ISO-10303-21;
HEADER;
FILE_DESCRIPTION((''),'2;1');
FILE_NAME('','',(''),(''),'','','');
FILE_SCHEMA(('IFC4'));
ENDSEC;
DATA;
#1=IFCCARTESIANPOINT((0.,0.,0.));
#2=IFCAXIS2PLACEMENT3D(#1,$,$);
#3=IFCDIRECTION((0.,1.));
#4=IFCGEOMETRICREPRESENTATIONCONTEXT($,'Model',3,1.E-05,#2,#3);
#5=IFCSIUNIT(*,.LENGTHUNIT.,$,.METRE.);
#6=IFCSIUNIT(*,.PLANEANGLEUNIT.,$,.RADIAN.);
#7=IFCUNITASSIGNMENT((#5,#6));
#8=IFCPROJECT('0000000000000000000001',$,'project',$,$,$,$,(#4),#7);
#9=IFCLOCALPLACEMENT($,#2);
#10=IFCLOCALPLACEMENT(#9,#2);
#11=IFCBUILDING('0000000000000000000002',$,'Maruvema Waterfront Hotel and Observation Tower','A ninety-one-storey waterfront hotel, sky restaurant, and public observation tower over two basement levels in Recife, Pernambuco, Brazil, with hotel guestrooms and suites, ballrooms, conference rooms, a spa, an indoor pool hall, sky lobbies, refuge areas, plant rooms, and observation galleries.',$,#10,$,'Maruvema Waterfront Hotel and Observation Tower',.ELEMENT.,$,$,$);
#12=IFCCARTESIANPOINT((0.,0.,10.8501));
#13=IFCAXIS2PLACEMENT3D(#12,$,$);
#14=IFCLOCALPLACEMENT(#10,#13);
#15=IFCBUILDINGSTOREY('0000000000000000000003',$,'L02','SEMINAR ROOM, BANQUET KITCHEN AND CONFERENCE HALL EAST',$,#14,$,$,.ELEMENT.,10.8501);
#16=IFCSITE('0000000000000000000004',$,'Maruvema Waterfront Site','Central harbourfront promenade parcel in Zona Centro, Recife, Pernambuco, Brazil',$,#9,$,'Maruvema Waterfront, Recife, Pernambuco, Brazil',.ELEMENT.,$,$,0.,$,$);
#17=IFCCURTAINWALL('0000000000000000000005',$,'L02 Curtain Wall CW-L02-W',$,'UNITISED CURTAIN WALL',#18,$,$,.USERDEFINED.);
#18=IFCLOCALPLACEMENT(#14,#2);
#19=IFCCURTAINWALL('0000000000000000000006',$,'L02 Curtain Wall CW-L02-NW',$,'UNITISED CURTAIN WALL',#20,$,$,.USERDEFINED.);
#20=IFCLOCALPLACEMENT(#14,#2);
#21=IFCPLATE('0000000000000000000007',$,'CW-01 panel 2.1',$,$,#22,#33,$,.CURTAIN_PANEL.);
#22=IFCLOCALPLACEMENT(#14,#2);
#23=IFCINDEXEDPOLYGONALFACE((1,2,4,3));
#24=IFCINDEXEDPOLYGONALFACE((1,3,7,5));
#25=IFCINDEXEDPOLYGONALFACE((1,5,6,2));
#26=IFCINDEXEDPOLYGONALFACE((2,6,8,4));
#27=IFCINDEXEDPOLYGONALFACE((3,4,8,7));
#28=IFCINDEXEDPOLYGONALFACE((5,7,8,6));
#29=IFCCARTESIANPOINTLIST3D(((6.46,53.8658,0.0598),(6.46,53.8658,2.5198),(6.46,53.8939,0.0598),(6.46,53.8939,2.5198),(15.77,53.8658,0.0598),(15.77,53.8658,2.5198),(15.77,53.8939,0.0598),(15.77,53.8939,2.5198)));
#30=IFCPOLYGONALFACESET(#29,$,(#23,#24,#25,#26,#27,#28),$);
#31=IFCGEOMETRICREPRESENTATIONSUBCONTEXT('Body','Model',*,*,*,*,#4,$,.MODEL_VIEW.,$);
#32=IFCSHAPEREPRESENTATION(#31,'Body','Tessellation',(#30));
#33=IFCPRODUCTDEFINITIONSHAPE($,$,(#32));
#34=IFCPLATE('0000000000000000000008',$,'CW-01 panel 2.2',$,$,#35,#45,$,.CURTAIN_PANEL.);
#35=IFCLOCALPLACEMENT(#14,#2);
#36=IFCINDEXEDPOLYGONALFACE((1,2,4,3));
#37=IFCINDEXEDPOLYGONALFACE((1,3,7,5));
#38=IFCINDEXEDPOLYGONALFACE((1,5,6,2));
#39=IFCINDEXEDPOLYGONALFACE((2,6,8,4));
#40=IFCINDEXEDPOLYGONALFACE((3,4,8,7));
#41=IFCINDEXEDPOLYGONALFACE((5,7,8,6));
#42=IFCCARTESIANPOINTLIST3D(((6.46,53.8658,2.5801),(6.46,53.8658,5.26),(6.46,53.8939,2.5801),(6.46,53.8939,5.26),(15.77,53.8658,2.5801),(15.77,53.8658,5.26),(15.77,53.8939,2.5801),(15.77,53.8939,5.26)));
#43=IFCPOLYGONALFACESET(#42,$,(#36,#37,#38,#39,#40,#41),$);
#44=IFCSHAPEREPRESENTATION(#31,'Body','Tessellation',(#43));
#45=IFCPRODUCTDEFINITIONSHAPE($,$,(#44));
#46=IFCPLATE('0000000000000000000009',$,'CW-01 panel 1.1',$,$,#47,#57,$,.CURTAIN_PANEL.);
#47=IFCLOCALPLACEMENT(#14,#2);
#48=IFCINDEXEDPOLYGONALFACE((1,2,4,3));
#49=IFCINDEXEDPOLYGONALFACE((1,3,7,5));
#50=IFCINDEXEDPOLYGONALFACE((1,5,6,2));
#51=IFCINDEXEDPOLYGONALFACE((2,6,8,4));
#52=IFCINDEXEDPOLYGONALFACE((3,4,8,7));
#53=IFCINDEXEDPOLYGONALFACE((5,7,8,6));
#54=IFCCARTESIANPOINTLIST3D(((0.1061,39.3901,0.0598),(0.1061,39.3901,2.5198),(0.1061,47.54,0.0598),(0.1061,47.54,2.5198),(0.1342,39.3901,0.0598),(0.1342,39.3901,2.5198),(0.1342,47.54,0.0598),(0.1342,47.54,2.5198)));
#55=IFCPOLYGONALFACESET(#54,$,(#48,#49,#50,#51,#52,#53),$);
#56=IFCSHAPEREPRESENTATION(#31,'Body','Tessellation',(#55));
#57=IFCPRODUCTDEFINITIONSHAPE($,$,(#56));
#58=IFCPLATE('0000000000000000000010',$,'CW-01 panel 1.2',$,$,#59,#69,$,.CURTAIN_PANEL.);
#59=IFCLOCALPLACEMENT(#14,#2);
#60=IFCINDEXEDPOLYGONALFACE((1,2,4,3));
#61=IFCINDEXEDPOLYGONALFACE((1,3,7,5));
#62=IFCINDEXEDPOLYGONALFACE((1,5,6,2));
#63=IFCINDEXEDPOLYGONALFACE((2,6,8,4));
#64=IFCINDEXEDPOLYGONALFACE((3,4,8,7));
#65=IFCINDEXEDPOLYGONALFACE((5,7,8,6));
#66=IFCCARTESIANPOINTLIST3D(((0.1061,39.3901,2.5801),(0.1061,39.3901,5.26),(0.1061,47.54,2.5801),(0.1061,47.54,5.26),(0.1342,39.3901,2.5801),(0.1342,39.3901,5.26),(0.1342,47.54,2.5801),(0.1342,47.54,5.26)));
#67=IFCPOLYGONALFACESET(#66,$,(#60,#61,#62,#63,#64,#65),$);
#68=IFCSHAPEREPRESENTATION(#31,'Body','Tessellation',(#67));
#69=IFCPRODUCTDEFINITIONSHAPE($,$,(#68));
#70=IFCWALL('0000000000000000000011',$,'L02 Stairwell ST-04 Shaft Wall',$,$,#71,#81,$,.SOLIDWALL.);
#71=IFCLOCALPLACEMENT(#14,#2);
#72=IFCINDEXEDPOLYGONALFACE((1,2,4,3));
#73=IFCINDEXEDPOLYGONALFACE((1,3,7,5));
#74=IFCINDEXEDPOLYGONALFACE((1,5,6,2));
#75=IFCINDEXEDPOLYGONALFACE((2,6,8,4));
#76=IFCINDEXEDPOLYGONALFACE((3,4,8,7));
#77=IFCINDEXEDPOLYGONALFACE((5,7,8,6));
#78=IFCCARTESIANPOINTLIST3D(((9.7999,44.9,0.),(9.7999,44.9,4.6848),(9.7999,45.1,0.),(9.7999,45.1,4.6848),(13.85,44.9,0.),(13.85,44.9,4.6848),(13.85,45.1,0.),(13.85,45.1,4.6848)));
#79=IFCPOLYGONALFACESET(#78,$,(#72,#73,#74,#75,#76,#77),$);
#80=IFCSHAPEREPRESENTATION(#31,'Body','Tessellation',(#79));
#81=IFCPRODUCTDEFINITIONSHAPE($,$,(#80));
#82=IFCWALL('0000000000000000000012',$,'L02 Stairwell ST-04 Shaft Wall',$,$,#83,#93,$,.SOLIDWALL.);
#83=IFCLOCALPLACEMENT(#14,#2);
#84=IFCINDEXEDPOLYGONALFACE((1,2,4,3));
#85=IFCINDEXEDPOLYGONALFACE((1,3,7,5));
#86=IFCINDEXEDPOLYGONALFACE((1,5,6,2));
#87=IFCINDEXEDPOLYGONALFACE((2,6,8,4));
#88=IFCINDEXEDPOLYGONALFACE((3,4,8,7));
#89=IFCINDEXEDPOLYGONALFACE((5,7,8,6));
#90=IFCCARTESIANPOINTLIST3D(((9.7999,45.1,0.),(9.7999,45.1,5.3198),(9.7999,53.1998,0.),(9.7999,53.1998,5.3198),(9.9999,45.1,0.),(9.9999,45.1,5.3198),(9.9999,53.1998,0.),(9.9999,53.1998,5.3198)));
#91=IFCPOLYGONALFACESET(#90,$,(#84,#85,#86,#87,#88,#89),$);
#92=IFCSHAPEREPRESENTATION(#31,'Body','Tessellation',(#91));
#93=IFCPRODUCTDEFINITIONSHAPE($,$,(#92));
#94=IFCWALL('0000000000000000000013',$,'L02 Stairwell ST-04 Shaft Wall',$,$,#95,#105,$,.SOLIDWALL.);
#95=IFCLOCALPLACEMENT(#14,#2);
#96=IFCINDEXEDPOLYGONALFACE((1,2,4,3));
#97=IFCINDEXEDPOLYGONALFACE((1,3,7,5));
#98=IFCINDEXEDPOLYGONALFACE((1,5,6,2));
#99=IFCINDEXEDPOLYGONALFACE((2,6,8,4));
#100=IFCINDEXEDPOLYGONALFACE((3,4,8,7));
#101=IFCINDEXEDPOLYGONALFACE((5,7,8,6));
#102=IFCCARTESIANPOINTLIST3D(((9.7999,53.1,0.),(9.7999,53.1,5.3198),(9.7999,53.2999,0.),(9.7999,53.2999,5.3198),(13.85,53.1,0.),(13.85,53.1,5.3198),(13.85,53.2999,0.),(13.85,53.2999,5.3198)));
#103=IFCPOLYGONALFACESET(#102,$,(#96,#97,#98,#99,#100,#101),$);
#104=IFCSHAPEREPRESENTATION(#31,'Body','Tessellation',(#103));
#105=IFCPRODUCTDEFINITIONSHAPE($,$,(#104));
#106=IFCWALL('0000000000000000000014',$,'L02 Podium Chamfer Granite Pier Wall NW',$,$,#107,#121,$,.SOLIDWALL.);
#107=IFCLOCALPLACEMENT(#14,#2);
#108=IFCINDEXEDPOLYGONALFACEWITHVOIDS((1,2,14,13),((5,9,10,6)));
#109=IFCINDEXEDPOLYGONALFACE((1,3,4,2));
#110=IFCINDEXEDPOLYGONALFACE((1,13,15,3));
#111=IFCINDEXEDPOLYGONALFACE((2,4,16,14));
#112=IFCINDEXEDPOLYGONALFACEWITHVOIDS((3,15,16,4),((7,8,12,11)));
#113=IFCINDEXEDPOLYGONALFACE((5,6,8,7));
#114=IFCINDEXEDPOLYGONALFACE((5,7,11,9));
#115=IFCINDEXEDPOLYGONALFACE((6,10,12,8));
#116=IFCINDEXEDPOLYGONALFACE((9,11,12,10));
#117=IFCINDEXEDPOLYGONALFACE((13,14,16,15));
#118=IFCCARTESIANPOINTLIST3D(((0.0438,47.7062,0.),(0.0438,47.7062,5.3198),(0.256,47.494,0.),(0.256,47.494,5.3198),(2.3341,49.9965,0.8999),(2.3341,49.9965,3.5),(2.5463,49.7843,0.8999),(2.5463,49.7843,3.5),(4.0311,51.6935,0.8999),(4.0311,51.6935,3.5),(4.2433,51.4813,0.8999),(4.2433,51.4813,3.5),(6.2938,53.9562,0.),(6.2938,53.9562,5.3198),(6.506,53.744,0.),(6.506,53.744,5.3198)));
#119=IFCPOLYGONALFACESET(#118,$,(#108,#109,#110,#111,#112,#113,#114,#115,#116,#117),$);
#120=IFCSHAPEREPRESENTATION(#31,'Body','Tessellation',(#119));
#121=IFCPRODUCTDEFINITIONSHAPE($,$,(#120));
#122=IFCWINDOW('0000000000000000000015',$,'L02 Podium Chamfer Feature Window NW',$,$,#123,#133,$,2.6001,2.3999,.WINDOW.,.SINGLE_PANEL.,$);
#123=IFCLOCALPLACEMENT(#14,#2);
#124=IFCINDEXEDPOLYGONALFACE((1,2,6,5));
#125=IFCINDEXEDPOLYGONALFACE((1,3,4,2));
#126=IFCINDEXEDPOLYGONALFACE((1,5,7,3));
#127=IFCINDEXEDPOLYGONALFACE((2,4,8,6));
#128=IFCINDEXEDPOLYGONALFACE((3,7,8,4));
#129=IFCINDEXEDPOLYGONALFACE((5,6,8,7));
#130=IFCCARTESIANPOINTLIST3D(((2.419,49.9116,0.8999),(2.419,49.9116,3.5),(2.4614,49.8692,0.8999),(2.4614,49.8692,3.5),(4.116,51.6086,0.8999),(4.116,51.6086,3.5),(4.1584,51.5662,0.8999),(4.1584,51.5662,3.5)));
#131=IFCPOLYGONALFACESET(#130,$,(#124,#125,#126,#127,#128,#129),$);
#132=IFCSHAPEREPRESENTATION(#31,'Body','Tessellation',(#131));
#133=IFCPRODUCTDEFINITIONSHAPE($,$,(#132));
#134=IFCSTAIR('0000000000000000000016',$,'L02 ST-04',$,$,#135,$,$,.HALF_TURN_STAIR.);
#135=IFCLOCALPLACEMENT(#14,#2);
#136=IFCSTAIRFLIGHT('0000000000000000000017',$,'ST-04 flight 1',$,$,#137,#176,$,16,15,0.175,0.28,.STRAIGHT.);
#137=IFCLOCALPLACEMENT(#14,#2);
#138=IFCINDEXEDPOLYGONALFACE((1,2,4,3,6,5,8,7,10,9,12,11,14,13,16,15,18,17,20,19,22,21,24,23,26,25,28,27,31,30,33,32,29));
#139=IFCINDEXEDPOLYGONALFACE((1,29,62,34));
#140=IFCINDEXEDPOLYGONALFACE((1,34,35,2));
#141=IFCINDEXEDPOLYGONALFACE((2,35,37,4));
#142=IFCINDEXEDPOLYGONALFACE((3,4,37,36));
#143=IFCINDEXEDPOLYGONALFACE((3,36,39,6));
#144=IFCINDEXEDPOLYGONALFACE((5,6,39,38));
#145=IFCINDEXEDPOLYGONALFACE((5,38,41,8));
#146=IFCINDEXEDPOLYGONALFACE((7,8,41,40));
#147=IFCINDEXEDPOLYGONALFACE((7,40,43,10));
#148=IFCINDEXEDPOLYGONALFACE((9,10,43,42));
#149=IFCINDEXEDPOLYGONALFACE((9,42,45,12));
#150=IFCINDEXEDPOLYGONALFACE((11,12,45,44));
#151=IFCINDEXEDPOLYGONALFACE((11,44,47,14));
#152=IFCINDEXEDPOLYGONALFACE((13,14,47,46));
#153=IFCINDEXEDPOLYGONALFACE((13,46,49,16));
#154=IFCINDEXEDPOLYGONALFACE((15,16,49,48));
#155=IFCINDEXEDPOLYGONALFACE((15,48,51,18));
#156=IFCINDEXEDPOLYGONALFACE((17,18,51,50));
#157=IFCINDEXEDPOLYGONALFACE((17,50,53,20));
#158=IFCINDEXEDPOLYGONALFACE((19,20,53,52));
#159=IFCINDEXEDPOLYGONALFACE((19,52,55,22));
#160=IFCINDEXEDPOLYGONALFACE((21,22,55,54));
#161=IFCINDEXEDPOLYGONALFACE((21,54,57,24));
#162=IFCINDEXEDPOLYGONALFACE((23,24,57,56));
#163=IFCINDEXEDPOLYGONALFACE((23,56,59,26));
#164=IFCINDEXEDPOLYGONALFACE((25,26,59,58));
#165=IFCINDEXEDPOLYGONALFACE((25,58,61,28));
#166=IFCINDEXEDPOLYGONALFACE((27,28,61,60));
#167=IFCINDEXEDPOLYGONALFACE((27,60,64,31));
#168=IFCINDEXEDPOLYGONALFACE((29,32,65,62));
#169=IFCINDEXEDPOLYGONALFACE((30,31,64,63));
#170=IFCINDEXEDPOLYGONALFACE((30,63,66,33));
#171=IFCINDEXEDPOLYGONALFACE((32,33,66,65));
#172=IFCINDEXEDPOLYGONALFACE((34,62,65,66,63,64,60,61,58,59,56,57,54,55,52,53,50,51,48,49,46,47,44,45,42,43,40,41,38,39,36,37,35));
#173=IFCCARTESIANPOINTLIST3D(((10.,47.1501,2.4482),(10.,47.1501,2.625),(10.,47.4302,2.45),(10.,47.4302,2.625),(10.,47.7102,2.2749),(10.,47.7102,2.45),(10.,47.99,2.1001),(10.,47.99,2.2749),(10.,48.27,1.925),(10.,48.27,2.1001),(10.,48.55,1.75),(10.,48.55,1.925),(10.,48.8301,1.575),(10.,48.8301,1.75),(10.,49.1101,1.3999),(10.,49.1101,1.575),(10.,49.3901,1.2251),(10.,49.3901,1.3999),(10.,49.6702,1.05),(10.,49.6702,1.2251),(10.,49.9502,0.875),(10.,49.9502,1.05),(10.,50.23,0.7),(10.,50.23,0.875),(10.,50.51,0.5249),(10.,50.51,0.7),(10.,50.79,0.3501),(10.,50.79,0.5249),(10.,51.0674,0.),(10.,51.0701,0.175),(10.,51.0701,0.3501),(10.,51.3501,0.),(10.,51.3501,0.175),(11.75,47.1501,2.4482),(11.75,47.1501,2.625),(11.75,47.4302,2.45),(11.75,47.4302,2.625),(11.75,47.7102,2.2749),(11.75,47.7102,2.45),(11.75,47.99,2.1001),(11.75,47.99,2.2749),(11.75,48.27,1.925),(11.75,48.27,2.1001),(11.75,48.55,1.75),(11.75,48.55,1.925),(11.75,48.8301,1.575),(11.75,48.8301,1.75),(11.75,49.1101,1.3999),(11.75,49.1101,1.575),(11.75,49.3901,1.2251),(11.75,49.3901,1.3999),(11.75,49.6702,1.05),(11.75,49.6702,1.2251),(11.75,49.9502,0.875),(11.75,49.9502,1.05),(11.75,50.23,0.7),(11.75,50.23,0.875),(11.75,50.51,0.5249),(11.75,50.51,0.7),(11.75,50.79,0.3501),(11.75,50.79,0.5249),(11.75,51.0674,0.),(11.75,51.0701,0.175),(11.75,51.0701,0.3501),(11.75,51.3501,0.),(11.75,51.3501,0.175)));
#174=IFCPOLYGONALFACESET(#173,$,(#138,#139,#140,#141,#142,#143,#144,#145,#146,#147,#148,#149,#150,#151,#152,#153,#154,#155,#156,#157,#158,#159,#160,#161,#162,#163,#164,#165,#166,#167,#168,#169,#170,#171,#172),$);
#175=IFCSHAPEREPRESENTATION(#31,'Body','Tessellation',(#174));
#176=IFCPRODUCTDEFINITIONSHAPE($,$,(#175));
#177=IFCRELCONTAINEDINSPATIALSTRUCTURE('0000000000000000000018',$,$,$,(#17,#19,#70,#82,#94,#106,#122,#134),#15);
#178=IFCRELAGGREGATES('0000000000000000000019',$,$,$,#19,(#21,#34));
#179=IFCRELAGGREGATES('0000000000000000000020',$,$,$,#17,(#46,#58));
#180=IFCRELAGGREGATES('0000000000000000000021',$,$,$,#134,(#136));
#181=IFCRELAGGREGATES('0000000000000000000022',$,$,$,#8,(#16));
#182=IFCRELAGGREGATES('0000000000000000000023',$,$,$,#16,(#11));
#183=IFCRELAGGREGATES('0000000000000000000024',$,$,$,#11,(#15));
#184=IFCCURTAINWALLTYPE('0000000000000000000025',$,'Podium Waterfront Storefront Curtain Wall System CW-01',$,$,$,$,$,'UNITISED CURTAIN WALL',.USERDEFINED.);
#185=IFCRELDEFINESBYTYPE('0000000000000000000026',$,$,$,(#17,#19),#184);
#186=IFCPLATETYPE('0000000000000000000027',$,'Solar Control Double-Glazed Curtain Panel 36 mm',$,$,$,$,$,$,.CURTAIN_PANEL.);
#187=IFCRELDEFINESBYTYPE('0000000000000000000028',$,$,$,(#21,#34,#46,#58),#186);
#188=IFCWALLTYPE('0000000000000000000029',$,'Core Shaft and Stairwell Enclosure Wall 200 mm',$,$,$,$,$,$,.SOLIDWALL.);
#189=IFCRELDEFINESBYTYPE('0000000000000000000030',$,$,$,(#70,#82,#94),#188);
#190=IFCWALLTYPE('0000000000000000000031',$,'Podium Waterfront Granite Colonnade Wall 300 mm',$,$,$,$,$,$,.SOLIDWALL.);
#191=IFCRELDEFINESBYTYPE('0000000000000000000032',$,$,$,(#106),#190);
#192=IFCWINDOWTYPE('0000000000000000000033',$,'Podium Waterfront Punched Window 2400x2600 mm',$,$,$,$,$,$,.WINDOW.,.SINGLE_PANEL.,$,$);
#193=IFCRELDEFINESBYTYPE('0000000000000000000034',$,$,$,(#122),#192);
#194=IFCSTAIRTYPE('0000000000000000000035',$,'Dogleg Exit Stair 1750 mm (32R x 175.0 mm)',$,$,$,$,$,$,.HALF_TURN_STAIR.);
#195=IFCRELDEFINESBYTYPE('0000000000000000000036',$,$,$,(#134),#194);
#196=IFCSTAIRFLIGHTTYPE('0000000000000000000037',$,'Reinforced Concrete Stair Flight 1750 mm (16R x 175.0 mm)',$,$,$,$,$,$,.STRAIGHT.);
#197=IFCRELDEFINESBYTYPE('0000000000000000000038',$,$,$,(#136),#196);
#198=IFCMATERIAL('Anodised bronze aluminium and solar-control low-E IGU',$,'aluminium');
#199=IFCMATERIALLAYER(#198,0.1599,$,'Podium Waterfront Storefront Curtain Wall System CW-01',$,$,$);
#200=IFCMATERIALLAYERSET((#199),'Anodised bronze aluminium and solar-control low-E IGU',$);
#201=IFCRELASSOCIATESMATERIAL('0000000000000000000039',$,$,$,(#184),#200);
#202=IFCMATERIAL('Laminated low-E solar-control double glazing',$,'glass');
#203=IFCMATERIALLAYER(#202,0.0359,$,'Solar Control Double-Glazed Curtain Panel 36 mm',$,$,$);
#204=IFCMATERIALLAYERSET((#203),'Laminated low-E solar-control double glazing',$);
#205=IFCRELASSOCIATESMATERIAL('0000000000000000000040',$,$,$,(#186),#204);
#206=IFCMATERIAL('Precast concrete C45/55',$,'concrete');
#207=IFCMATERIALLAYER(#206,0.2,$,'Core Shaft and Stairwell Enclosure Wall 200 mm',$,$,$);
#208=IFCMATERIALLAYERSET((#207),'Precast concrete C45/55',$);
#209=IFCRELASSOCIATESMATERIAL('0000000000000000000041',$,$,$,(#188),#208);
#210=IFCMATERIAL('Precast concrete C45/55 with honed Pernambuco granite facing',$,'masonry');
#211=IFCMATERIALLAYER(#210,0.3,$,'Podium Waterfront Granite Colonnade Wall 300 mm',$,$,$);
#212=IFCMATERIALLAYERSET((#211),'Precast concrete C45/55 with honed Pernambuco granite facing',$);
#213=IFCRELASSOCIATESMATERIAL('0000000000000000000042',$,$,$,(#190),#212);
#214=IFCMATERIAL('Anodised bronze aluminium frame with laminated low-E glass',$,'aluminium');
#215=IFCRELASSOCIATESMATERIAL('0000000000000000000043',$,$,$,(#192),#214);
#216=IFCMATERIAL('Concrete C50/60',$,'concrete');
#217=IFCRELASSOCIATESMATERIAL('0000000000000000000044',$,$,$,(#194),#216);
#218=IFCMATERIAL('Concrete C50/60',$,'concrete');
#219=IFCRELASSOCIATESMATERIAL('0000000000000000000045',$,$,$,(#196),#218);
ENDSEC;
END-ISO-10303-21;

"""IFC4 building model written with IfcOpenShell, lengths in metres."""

from ifc_helpers import new_model, si_unit, direction, frame, frame_2d, origin, origin_2d, place, context, subcontext, project, spatial, polyline, rectangle, outline, extrude, material, layer, layer_set, type_object, element, fill, aggregate, save


model = new_model("IFC4")

# Units and contexts
model_context = context("Model", 3, precision=1e-05, world=origin(), true_north=direction((0.0, 1.0)))
body_context = subcontext(model_context, "Body", "Model", "MODEL_VIEW")
ifc_project = project(units=[si_unit("LENGTHUNIT", "METRE"), si_unit("PLANEANGLEUNIT", "RADIAN")], contexts=[model_context])

# Site, building, storey
site_placement = place(None, origin())
site = spatial("IfcSite", under=ifc_project, at=site_placement, Name="Maruvema Waterfront Site", Description="Central harbourfront promenade parcel in Zona Centro, Recife, Pernambuco, Brazil", LongName="Maruvema Waterfront, Recife, Pernambuco, Brazil", CompositionType="ELEMENT", RefElevation=0.0)
building_placement = place(site_placement, origin())
building = spatial("IfcBuilding", under=site, at=building_placement, Name="Maruvema Waterfront Hotel and Observation Tower", Description="A ninety-one-storey waterfront hotel, sky restaurant, and public observation tower over two basement levels in Recife, Pernambuco, Brazil, with hotel guestrooms and suites, ballrooms, conference rooms, a spa, an indoor pool hall, sky lobbies, refuge areas, plant rooms, and observation galleries.", LongName="Maruvema Waterfront Hotel and Observation Tower", CompositionType="ELEMENT")
storey_placement = place(building_placement, frame((0.0, 0.0, 10.8501)))
storey = spatial("IfcBuildingStorey", under=building, at=storey_placement, Name="L02", Description="SEMINAR ROOM, BANQUET KITCHEN AND CONFERENCE HALL EAST", CompositionType="ELEMENT", Elevation=10.8501)

# Curtain wall
ifc_material_1 = material(Name="Anodised bronze aluminium and solar-control low-E IGU", Category="aluminium")
ifc_layer_1 = layer(ifc_material_1, 0.1599, Name="Podium Waterfront Storefront Curtain Wall System CW-01")
ifc_layer_set_1 = layer_set([ifc_layer_1], Name="Anodised bronze aluminium and solar-control low-E IGU")
curtain_wall_type = type_object("IfcCurtainWallType", Name="Podium Waterfront Storefront Curtain Wall System CW-01", ElementType="UNITISED CURTAIN WALL", PredefinedType="USERDEFINED", material=ifc_layer_set_1)
curtain_wall_1_placement = place(storey_placement, origin())
curtain_wall_1 = element("IfcCurtainWall", 1, at=curtain_wall_1_placement, inside=storey, type_object=curtain_wall_type, Name="L02 Curtain Wall CW-L02-W", ObjectType="UNITISED CURTAIN WALL", PredefinedType="USERDEFINED")

# Curtain wall
curtain_wall_2_placement = place(storey_placement, origin())
curtain_wall_2 = element("IfcCurtainWall", 2, at=curtain_wall_2_placement, inside=storey, type_object=curtain_wall_type, Name="L02 Curtain Wall CW-L02-NW", ObjectType="UNITISED CURTAIN WALL", PredefinedType="USERDEFINED")

# Plates
ifc_material_2 = material(Name="Laminated low-E solar-control double glazing", Category="glass")
ifc_layer_2 = layer(ifc_material_2, 0.0359, Name="Solar Control Double-Glazed Curtain Panel 36 mm")
ifc_layer_set_2 = layer_set([ifc_layer_2], Name="Laminated low-E solar-control double glazing")
plate_type = type_object("IfcPlateType", Name="Solar Control Double-Glazed Curtain Panel 36 mm", PredefinedType="CURTAIN_PANEL", material=ifc_layer_set_2)
plate_1_placement = place(storey_placement, frame((11.115, 53.8799, 0.0598), z_axis=(0.0, 0.0, 1.0), x_axis=(-1.0, 0.0, 0.0)))
plate_1 = element("IfcPlate", 3, at=plate_1_placement, type_object=plate_type, Name="CW-01 panel 2.1", PredefinedType="CURTAIN_PANEL", context=body_context, shape_type="SweptSolid", body=[
    extrude(rectangle(XDim=9.3101, YDim=0.0281, at=origin_2d()), origin(), (0.0, 0.0, 1.0), 2.46),
])
plate_2_placement = place(storey_placement, frame((11.115, 53.8799, 2.5801), z_axis=(0.0, 0.0, 1.0), x_axis=(-1.0, 0.0, 0.0)))
plate_2 = element("IfcPlate", 4, at=plate_2_placement, type_object=plate_type, Name="CW-01 panel 2.2", PredefinedType="CURTAIN_PANEL", context=body_context, shape_type="SweptSolid", body=[
    extrude(rectangle(XDim=9.3101, YDim=0.0281, at=origin_2d()), origin(), (0.0, 0.0, 1.0), 2.6799),
])
aggregate(curtain_wall_2, [plate_1, plate_2])
plate_3_placement = place(storey_placement, frame((0.1201, 43.4651, 0.0598), z_axis=(0.0, 0.0, 1.0), x_axis=(0.0, -1.0, 0.0)))
plate_3 = element("IfcPlate", 5, at=plate_3_placement, type_object=plate_type, Name="CW-01 panel 1.1", PredefinedType="CURTAIN_PANEL", context=body_context, shape_type="SweptSolid", body=[
    extrude(rectangle(XDim=8.1499, YDim=0.0281, at=origin_2d()), origin(), (0.0, 0.0, 1.0), 2.46),
])
plate_4_placement = place(storey_placement, frame((0.1201, 43.4651, 2.5801), z_axis=(0.0, 0.0, 1.0), x_axis=(0.0, -1.0, 0.0)))
plate_4 = element("IfcPlate", 6, at=plate_4_placement, type_object=plate_type, Name="CW-01 panel 1.2", PredefinedType="CURTAIN_PANEL", context=body_context, shape_type="SweptSolid", body=[
    extrude(rectangle(XDim=8.1499, YDim=0.0281, at=origin_2d()), origin(), (0.0, 0.0, 1.0), 2.6799),
])
aggregate(curtain_wall_1, [plate_3, plate_4])

# Walls
ifc_material_3 = material(Name="Precast concrete C45/55", Category="concrete")
ifc_layer_3 = layer(ifc_material_3, 0.2, Name="Core Shaft and Stairwell Enclosure Wall 200 mm")
ifc_layer_set_3 = layer_set([ifc_layer_3], Name="Precast concrete C45/55")
wall_type_1 = type_object("IfcWallType", Name="Core Shaft and Stairwell Enclosure Wall 200 mm", PredefinedType="SOLIDWALL", material=ifc_layer_set_3)
wall_1_placement = place(storey_placement, frame((9.8, 45.0, 0.0), z_axis=(0.0, 0.0, 1.0), x_axis=(1.0, 0.0, 0.0)))
element("IfcWall", 7, at=wall_1_placement, inside=storey, type_object=wall_type_1, Name="L02 Stairwell ST-04 Shaft Wall", PredefinedType="SOLIDWALL", context=body_context, shape_type="SweptSolid", body=[
    extrude(rectangle(XDim=4.05, YDim=0.2, at=frame_2d((2.0249, 0.0))), origin(), (0.0, 0.0, 1.0), 4.6848),
])
wall_2_placement = place(storey_placement, frame((9.8999, 45.1001, 0.0), z_axis=(0.0, 0.0, 1.0), x_axis=(0.0, 1.0, 0.0)))
element("IfcWall", 8, at=wall_2_placement, inside=storey, type_object=wall_type_1, Name="L02 Stairwell ST-04 Shaft Wall", PredefinedType="SOLIDWALL", context=body_context, shape_type="SweptSolid", body=[
    extrude(rectangle(XDim=8.0999, YDim=0.2, at=frame_2d((4.0498, 0.0))), origin(), (0.0, 0.0, 1.0), 5.3198),
])
wall_3_placement = place(storey_placement, frame((9.8, 53.2, 0.0), z_axis=(0.0, 0.0, 1.0), x_axis=(1.0, 0.0, 0.0)))
element("IfcWall", 9, at=wall_3_placement, inside=storey, type_object=wall_type_1, Name="L02 Stairwell ST-04 Shaft Wall", PredefinedType="SOLIDWALL", context=body_context, shape_type="SweptSolid", body=[
    extrude(rectangle(XDim=4.05, YDim=0.2, at=frame_2d((2.0249, 0.0))), origin(), (0.0, 0.0, 1.0), 5.3198),
])

# Wall, opening, window
ifc_material_4 = material(Name="Precast concrete C45/55 with honed Pernambuco granite facing", Category="masonry")
ifc_layer_4 = layer(ifc_material_4, 0.3, Name="Podium Waterfront Granite Colonnade Wall 300 mm")
ifc_layer_set_4 = layer_set([ifc_layer_4], Name="Precast concrete C45/55 with honed Pernambuco granite facing")
wall_type_2 = type_object("IfcWallType", Name="Podium Waterfront Granite Colonnade Wall 300 mm", PredefinedType="SOLIDWALL", material=ifc_layer_set_4)
wall_4_placement = place(storey_placement, frame((6.3999, 53.8501, 0.0), z_axis=(0.0, 0.0, 1.0), x_axis=(-0.707107, -0.707107, 0.0)))
wall_4 = element("IfcWall", 10, at=wall_4_placement, inside=storey, type_object=wall_type_2, Name="L02 Podium Chamfer Granite Pier Wall NW", PredefinedType="SOLIDWALL", context=body_context, shape_type="SweptSolid", body=[
    extrude(rectangle(XDim=8.8389, YDim=0.3, at=frame_2d((4.4194, 0.0))), origin(), (0.0, 0.0, 1.0), 5.3198),
])
opening_placement = place(wall_4_placement, frame((3.2, 0.0, 0.8999)))
opening = element("IfcOpeningElement", 11, at=opening_placement, cuts=wall_4, PredefinedType="OPENING", context=body_context, shape_type="SweptSolid", body=[
    extrude(rectangle(XDim=2.3999, YDim=2.6001, at=frame_2d((1.2, 1.3))), frame((0.0, 0.1602, 0.0), z_axis=(0.0, -1.0, 0.0), x_axis=(1.0, 0.0, 0.0)), (0.0, 0.0, 1.0), 0.3201),
])
ifc_material_5 = material(Name="Anodised bronze aluminium frame with laminated low-E glass", Category="aluminium")
window_type = type_object("IfcWindowType", Name="Podium Waterfront Punched Window 2400x2600 mm", PartitioningType="SINGLE_PANEL", PredefinedType="WINDOW", material=ifc_material_5)
window_placement = place(opening_placement, origin())
window = element("IfcWindow", 12, at=window_placement, inside=storey, type_object=window_type, Name="L02 Podium Chamfer Feature Window NW", OverallHeight=2.6001, OverallWidth=2.3999, PartitioningType="SINGLE_PANEL", PredefinedType="WINDOW", context=body_context, shape_type="SweptSolid", body=[
    extrude(rectangle(XDim=2.3999, YDim=2.6001, at=frame_2d((1.2, 1.3))), frame((0.0, 0.03, 0.0), z_axis=(0.0, -1.0, 0.0), x_axis=(1.0, 0.0, 0.0)), (0.0, 0.0, 1.0), 0.0601),
])
fill(opening, window)

# Stair, stair flight
ifc_material_6 = material(Name="Concrete C50/60", Category="concrete")
stair_type = type_object("IfcStairType", Name="Dogleg Exit Stair 1750 mm (32R x 175.0 mm)", PredefinedType="HALF_TURN_STAIR", material=ifc_material_6)
stair_placement = place(storey_placement, origin())
stair = element("IfcStair", 13, at=stair_placement, inside=storey, type_object=stair_type, Name="L02 ST-04", PredefinedType="HALF_TURN_STAIR")
ifc_material_7 = material(Name="Concrete C50/60", Category="concrete")
stair_flight_type = type_object("IfcStairFlightType", Name="Reinforced Concrete Stair Flight 1750 mm (16R x 175.0 mm)", PredefinedType="STRAIGHT", material=ifc_material_7)
stair_flight_placement = place(storey_placement, frame((10.875, 51.3501, 0.0), z_axis=(0.0, 0.0, 1.0), x_axis=(0.0, -1.0, 0.0)))
stair_flight = element("IfcStairFlight", 14, at=stair_flight_placement, type_object=stair_flight_type, Name="ST-04 flight 1", NumberOfRisers=16, NumberOfTreads=15, PredefinedType="STRAIGHT", RiserHeight=0.175, TreadLength=0.28, context=body_context, shape_type="SweptSolid", body=[
    extrude(outline(polyline([(0.0, 0.0), (0.0, 0.175), (0.28, 0.175), (0.28, 0.3501), (0.5601, 0.3501), (0.5601, 0.5249), (0.8401, 0.5249), (0.8401, 0.7), (1.1201, 0.7), (1.1201, 0.875), (1.3999, 0.875), (1.3999, 1.05), (1.6799, 1.05), (1.6799, 1.2251), (1.96, 1.2251), (1.96, 1.3999), (2.24, 1.3999), (2.24, 1.575), (2.52, 1.575), (2.52, 1.75), (2.8, 1.75), (2.8, 1.925), (3.0801, 1.925), (3.0801, 2.1001), (3.3601, 2.1001), (3.3601, 2.2749), (3.6399, 2.2749), (3.6399, 2.45), (3.9199, 2.45), (3.9199, 2.625), (4.2, 2.625), (4.2, 2.8), (4.2, 2.4482), (0.2827, 0.0), (0.0, 0.0)])), frame((0.0, 0.875, 0.0), z_axis=(0.0, -1.0, 0.0), x_axis=(1.0, 0.0, 0.0)), (0.0, 0.0, 1.0), 1.75),
])
aggregate(stair, [stair_flight])

save(model, "model.ifc")
